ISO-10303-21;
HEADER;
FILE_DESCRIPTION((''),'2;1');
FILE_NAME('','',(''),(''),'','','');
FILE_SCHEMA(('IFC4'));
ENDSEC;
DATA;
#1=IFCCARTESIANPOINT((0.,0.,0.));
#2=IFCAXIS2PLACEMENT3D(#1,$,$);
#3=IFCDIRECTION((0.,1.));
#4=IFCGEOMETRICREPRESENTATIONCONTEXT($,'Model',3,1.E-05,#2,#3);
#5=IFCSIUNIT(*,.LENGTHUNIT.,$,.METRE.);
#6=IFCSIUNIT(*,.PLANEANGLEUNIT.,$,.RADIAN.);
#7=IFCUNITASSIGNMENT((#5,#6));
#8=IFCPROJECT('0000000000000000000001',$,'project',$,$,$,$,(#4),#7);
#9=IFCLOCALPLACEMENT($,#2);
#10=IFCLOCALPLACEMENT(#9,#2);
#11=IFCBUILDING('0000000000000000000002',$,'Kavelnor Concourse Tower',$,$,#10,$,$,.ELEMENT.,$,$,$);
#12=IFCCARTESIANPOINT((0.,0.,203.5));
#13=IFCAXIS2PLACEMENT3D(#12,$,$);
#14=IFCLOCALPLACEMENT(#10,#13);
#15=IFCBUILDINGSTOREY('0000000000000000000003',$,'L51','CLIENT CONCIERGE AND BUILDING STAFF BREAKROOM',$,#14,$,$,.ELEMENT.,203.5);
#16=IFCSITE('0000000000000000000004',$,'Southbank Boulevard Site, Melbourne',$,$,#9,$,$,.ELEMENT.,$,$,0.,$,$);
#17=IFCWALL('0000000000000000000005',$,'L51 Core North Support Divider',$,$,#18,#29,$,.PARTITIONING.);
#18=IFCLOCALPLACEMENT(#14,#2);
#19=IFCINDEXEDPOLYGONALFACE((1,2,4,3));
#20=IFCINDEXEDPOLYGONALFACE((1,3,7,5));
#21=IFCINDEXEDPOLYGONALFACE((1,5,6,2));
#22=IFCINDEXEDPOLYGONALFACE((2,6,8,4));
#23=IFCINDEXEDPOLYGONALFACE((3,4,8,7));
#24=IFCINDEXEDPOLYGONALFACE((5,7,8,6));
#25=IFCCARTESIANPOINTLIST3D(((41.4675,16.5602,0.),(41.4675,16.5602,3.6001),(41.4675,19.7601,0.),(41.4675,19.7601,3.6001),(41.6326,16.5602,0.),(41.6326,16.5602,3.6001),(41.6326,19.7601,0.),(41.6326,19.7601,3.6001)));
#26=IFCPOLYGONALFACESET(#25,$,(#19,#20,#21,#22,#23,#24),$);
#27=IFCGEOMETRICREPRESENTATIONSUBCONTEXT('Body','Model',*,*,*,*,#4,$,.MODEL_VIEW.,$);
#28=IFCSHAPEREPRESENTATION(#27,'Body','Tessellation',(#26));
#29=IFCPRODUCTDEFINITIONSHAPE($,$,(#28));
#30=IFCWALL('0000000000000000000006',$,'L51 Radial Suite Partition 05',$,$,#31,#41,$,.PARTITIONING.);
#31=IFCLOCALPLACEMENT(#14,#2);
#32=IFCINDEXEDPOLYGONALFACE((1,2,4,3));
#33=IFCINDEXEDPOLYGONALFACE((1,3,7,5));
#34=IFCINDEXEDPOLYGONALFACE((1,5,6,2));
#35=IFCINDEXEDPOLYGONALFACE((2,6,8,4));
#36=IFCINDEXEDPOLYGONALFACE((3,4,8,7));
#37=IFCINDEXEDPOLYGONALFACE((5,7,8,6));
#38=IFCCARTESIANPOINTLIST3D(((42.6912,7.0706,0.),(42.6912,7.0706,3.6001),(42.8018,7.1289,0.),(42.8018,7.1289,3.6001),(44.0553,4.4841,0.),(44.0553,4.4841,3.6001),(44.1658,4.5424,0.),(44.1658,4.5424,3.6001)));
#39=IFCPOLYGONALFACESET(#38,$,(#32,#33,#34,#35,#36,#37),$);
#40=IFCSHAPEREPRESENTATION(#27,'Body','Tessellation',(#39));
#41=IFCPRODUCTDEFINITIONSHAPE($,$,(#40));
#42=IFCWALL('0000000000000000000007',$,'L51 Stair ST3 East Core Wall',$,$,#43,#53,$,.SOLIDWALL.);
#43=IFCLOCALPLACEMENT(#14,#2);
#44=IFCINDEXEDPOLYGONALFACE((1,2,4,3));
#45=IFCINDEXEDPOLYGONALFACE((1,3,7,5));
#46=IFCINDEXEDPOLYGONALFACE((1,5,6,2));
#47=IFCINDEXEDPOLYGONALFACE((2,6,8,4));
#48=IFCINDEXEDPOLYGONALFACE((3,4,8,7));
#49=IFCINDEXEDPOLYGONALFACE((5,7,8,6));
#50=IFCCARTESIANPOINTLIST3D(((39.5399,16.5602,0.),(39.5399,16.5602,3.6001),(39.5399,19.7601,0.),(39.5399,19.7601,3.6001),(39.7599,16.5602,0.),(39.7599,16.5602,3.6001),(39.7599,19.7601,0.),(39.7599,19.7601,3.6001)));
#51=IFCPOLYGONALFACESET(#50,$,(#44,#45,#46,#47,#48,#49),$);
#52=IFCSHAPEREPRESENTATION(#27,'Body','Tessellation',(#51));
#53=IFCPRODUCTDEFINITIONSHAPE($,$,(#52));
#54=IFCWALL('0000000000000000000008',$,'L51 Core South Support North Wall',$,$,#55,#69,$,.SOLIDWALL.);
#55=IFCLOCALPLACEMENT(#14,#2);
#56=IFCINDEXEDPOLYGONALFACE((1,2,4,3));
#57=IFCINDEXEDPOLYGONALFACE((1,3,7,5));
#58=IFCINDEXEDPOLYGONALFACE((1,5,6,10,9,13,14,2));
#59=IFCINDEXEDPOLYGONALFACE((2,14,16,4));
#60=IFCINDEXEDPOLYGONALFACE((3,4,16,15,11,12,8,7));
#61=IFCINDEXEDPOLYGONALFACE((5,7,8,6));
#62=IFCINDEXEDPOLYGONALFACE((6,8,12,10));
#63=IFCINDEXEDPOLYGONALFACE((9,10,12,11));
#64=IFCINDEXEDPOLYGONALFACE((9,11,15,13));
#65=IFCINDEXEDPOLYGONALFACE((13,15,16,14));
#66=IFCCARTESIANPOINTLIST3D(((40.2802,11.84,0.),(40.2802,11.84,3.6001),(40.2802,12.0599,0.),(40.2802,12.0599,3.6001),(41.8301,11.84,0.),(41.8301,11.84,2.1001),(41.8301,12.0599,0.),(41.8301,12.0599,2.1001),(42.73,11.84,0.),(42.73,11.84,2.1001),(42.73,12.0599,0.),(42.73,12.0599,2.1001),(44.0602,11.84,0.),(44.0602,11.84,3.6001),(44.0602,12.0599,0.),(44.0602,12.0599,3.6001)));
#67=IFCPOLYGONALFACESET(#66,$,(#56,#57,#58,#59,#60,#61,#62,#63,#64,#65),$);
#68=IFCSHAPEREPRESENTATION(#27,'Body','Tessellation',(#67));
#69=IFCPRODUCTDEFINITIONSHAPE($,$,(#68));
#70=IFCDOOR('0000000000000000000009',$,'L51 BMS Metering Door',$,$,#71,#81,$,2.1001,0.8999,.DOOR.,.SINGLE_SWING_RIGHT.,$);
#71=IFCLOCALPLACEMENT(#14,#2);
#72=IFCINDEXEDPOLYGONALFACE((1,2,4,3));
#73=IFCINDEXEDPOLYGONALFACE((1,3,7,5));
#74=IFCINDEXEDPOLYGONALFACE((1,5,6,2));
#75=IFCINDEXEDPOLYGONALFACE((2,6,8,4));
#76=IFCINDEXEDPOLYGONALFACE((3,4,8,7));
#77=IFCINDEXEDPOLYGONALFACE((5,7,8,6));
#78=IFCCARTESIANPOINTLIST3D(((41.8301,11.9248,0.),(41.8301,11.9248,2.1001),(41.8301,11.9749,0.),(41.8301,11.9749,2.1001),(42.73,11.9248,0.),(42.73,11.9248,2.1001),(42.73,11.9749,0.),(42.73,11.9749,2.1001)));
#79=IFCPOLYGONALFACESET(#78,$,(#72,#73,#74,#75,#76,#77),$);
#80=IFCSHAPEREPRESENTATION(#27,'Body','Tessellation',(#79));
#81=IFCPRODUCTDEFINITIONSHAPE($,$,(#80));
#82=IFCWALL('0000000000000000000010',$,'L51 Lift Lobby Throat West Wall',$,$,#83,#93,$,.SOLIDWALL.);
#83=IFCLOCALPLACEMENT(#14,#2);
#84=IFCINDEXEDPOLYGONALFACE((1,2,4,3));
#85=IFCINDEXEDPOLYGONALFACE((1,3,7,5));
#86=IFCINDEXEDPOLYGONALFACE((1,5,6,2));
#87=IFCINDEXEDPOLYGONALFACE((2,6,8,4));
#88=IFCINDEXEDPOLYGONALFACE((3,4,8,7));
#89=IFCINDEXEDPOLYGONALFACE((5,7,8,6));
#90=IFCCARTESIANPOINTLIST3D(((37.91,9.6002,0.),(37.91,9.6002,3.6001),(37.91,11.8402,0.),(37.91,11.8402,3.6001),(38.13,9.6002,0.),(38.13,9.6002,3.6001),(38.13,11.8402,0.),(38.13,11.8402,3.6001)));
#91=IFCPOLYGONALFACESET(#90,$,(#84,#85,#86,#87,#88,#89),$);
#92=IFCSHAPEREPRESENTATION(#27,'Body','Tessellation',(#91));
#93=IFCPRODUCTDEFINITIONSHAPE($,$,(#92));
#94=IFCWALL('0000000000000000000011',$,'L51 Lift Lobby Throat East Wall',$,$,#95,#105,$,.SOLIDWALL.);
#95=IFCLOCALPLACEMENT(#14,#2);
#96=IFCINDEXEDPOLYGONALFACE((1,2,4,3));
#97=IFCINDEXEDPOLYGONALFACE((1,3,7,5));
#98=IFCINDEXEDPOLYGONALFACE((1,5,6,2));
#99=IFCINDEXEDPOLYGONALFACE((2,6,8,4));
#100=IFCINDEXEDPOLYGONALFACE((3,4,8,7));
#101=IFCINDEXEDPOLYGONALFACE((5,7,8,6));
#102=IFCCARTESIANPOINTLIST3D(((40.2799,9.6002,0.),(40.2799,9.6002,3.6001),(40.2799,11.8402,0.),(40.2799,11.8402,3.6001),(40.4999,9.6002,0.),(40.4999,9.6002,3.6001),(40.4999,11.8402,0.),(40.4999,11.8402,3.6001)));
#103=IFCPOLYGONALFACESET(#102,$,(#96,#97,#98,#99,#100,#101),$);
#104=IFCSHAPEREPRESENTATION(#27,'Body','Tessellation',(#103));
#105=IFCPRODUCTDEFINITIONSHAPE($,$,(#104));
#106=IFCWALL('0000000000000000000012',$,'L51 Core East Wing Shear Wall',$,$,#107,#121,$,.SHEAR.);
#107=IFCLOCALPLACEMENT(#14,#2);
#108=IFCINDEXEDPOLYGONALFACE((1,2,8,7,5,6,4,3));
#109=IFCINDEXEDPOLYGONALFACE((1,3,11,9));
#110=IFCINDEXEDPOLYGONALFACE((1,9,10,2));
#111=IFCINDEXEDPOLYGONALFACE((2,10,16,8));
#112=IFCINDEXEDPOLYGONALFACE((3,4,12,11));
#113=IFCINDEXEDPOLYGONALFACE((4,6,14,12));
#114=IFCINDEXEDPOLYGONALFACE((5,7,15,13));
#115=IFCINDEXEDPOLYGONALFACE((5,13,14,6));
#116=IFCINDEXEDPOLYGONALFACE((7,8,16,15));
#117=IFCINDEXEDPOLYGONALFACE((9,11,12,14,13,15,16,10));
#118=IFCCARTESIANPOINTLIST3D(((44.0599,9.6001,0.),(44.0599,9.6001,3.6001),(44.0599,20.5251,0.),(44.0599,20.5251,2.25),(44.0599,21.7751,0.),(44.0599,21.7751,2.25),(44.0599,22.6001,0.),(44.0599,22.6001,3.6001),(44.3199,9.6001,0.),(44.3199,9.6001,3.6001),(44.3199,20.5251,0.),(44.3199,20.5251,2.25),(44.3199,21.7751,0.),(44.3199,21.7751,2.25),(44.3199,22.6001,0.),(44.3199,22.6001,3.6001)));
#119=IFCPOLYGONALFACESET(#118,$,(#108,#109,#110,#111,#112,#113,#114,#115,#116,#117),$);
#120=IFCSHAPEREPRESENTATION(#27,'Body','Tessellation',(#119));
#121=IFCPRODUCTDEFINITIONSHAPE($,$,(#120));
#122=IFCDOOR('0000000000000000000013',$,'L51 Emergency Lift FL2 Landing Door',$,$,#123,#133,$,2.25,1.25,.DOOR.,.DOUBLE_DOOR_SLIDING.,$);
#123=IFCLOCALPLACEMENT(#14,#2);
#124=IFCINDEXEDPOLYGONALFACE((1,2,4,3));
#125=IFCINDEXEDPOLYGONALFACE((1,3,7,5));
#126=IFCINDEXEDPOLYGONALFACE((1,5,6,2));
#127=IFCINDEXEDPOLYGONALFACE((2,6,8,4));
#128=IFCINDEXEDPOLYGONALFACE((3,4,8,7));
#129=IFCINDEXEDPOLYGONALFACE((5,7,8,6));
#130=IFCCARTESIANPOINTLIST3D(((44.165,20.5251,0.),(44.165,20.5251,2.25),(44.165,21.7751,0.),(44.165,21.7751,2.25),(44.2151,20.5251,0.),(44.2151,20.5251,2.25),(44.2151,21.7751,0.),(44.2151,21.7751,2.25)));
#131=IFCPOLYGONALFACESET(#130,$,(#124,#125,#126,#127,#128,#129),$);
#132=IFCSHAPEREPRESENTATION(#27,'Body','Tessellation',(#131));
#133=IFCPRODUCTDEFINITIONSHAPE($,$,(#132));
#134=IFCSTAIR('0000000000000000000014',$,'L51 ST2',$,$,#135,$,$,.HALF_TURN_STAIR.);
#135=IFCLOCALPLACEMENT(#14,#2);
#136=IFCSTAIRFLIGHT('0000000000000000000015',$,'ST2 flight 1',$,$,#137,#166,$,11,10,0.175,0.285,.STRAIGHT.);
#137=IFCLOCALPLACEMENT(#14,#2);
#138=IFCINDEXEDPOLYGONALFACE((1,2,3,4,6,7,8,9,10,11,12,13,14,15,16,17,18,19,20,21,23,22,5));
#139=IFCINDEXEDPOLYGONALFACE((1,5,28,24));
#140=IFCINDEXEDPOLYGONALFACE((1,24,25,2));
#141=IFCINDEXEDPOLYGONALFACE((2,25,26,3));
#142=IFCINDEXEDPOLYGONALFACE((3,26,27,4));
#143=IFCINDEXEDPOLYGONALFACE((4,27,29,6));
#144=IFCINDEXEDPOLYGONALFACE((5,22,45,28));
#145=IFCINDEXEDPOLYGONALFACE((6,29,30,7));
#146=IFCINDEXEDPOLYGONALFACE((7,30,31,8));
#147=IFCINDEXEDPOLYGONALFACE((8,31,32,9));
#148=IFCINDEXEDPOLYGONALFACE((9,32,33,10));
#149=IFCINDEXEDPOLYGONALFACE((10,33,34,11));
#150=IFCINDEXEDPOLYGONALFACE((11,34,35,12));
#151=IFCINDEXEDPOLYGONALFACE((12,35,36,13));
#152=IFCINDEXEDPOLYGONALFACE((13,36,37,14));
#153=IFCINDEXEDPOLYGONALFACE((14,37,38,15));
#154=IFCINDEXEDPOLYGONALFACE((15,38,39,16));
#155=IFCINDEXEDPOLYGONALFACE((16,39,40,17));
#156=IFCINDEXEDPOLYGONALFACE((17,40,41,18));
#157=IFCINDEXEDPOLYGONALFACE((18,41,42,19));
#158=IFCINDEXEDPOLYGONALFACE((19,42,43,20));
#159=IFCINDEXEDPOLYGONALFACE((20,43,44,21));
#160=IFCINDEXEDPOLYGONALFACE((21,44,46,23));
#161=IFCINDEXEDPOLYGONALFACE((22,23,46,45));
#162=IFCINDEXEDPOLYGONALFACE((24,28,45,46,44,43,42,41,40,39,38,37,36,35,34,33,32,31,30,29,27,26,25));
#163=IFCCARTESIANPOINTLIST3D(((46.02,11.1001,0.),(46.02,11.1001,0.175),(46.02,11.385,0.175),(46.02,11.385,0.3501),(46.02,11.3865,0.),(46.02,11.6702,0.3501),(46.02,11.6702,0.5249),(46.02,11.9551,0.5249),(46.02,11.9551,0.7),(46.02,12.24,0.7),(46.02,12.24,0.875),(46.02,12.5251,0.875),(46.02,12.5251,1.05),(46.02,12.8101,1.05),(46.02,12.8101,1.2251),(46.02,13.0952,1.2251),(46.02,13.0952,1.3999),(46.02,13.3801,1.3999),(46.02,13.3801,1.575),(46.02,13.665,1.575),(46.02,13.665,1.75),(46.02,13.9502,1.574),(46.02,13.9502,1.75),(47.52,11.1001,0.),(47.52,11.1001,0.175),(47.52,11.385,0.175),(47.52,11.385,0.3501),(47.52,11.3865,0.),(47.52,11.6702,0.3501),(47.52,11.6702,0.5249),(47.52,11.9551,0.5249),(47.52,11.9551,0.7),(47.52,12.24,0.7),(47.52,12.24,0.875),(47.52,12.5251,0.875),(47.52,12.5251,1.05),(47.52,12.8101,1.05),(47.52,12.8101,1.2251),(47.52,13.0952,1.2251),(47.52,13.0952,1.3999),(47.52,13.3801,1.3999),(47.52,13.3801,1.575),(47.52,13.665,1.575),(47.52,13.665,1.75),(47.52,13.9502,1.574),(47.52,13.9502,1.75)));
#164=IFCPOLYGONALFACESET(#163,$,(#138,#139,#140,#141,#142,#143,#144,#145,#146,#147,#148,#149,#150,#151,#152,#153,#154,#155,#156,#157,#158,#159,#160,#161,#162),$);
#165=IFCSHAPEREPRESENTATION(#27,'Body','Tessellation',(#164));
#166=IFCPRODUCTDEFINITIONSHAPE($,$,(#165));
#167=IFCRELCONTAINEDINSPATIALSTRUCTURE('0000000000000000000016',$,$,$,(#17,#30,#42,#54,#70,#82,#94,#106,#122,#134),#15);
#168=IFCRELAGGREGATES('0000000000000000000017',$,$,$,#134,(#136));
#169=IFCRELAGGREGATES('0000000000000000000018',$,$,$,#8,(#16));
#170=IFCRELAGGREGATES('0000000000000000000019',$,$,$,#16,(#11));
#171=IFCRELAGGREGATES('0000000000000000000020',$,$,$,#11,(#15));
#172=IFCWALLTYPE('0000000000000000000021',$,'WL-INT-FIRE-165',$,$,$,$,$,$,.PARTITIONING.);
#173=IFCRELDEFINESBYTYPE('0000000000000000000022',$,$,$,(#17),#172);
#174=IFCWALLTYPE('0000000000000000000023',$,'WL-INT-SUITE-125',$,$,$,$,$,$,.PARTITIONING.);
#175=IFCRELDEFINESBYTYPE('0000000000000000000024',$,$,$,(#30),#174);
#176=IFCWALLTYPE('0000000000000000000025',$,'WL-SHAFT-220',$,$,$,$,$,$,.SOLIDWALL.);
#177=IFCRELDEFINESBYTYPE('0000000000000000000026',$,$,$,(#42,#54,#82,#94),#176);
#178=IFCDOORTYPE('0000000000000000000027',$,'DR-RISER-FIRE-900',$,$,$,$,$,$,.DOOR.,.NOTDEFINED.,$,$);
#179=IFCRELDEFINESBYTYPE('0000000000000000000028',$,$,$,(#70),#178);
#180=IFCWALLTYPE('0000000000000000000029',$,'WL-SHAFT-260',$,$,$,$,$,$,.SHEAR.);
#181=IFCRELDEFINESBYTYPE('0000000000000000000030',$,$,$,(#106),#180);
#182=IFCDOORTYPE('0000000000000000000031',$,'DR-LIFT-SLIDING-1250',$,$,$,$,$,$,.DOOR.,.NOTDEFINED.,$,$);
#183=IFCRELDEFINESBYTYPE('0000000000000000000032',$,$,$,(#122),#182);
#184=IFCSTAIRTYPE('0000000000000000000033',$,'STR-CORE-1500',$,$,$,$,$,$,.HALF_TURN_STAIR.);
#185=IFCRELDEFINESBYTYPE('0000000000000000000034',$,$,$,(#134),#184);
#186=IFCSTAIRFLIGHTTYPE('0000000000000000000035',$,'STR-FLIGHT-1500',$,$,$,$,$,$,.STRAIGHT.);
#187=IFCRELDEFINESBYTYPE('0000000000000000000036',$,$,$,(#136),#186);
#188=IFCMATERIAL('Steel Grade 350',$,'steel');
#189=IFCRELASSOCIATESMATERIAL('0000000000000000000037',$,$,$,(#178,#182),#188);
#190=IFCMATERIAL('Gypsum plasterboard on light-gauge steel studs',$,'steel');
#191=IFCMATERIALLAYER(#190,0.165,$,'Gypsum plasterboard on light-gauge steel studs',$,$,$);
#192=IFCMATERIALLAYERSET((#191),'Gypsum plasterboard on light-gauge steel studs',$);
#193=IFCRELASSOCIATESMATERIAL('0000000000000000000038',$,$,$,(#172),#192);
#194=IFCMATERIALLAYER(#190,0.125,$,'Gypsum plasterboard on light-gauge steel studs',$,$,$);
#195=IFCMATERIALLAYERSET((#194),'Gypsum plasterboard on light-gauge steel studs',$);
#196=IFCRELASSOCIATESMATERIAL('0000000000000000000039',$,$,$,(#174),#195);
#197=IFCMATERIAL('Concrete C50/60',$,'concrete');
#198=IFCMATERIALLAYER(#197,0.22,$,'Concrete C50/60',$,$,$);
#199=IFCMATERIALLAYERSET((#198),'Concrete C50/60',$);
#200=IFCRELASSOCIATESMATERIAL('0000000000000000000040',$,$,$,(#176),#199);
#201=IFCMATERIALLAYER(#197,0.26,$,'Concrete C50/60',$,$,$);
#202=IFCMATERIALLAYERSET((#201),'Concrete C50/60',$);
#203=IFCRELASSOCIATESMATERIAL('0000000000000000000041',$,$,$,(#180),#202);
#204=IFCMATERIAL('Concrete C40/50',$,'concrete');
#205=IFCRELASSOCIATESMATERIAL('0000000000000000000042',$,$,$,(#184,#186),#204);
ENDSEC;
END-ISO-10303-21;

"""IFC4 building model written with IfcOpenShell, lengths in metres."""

from ifc_helpers import new_model, si_unit, direction, frame, frame_2d, origin, place, context, subcontext, project, spatial, polyline, rectangle, outline, extrude, material, layer, layer_set, type_object, element, fill, aggregate, save


model = new_model("IFC4")

# Units and contexts
model_context = context("Model", 3, precision=1e-05, world=origin(), true_north=direction((0.0, 1.0)))
body_context = subcontext(model_context, "Body", "Model", "MODEL_VIEW")
ifc_project = project(units=[si_unit("LENGTHUNIT", "METRE"), si_unit("PLANEANGLEUNIT", "RADIAN")], contexts=[model_context])

# Site, building, storey
site_placement = place(None, origin())
site = spatial("IfcSite", under=ifc_project, at=site_placement, Name="Southbank Boulevard Site, Melbourne", CompositionType="ELEMENT", RefElevation=0.0)
building_placement = place(site_placement, origin())
building = spatial("IfcBuilding", under=site, at=building_placement, Name="Kavelnor Concourse Tower", CompositionType="ELEMENT")
storey_placement = place(building_placement, frame((0.0, 0.0, 203.5)))
storey = spatial("IfcBuildingStorey", under=building, at=storey_placement, Name="L51", Description="CLIENT CONCIERGE AND BUILDING STAFF BREAKROOM", CompositionType="ELEMENT", Elevation=203.5)

# Shared definitions
ifc_material_1 = material(Name="Steel Grade 350", Category="steel")

# Shared definitions
ifc_material_2 = material(Name="Concrete C50/60", Category="concrete")
door_type_1 = type_object("IfcDoorType", Name="DR-RISER-FIRE-900", OperationType="NOTDEFINED", PredefinedType="DOOR", material=ifc_material_1)

# Walls
ifc_material_3 = material(Name="Gypsum plasterboard on light-gauge steel studs", Category="steel")
ifc_layer_1 = layer(ifc_material_3, 0.165, Name="Gypsum plasterboard on light-gauge steel studs")
ifc_layer_set_1 = layer_set([ifc_layer_1], Name="Gypsum plasterboard on light-gauge steel studs")
wall_type_1 = type_object("IfcWallType", Name="WL-INT-FIRE-165", PredefinedType="PARTITIONING", material=ifc_layer_set_1)
wall_1_placement = place(storey_placement, frame((41.55, 16.5601, 0.0), z_axis=(0.0, 0.0, 1.0), x_axis=(0.0, 1.0, 0.0)))
element("IfcWall", 1, at=wall_1_placement, inside=storey, type_object=wall_type_1, Name="L51 Core North Support Divider", PredefinedType="PARTITIONING", context=body_context, shape_type="SweptSolid", body=[
    extrude(rectangle(XDim=3.2, YDim=0.165, at=frame_2d((1.6001, 0.0))), origin(), (0.0, 0.0, 1.0), 3.6001),
])
ifc_layer_2 = layer(ifc_material_3, 0.125, Name="Gypsum plasterboard on light-gauge steel studs")
ifc_layer_set_2 = layer_set([ifc_layer_2], Name="Gypsum plasterboard on light-gauge steel studs")
wall_type_2 = type_object("IfcWallType", Name="WL-INT-SUITE-125", PredefinedType="PARTITIONING", material=ifc_layer_set_2)
wall_2_placement = place(storey_placement, frame((42.7466, 7.0996, 0.0), z_axis=(0.0, 0.0, 1.0), x_axis=(0.466479, -0.884532, 0.0)))
element("IfcWall", 2, at=wall_2_placement, inside=storey, type_object=wall_type_2, Name="L51 Radial Suite Partition 05", PredefinedType="PARTITIONING", context=body_context, shape_type="SweptSolid", body=[
    extrude(rectangle(XDim=2.9241, YDim=0.125, at=frame_2d((1.4619, 0.0))), origin(), (0.0, 0.0, 1.0), 3.6001),
])
ifc_layer_3 = layer(ifc_material_2, 0.22, Name="Concrete C50/60")
ifc_layer_set_3 = layer_set([ifc_layer_3], Name="Concrete C50/60")
wall_type_3 = type_object("IfcWallType", Name="WL-SHAFT-220", PredefinedType="SOLIDWALL", material=ifc_layer_set_3)
wall_3_placement = place(storey_placement, frame((39.6499, 16.5601, 0.0), z_axis=(0.0, 0.0, 1.0), x_axis=(0.0, 1.0, 0.0)))
element("IfcWall", 3, at=wall_3_placement, inside=storey, type_object=wall_type_3, Name="L51 Stair ST3 East Core Wall", PredefinedType="SOLIDWALL", context=body_context, shape_type="SweptSolid", body=[
    extrude(rectangle(XDim=3.2, YDim=0.22, at=frame_2d((1.6001, 0.0))), origin(), (0.0, 0.0, 1.0), 3.6001),
])

# Wall, opening, door
wall_4_placement = place(storey_placement, frame((40.28, 11.95, 0.0), z_axis=(0.0, 0.0, 1.0), x_axis=(1.0, 0.0, 0.0)))
wall_4 = element("IfcWall", 4, at=wall_4_placement, inside=storey, type_object=wall_type_3, Name="L51 Core South Support North Wall", PredefinedType="SOLIDWALL", context=body_context, shape_type="SweptSolid", body=[
    extrude(rectangle(XDim=3.78, YDim=0.22, at=frame_2d((1.8901, 0.0))), origin(), (0.0, 0.0, 1.0), 3.6001),
])
opening_1_placement = place(wall_4_placement, frame((1.55, 0.0, 0.0)))
opening_1 = element("IfcOpeningElement", 5, at=opening_1_placement, cuts=wall_4, PredefinedType="OPENING", context=body_context, shape_type="SweptSolid", body=[
    extrude(rectangle(XDim=0.8999, YDim=2.1001, at=frame_2d((0.45, 1.05))), frame((0.0, 0.1201, 0.0), z_axis=(0.0, -1.0, 0.0), x_axis=(1.0, 0.0, 0.0)), (0.0, 0.0, 1.0), 0.24),
])
door_1_placement = place(opening_1_placement, origin())
door_1 = element("IfcDoor", 6, at=door_1_placement, inside=storey, type_object=door_type_1, Name="L51 BMS Metering Door", OperationType="SINGLE_SWING_RIGHT", OverallHeight=2.1001, OverallWidth=0.8999, PredefinedType="DOOR", context=body_context, shape_type="SweptSolid", body=[
    extrude(rectangle(XDim=0.8999, YDim=2.1001, at=frame_2d((0.45, 1.05))), frame((0.0, 0.0249, 0.0), z_axis=(0.0, -1.0, 0.0), x_axis=(1.0, 0.0, 0.0)), (0.0, 0.0, 1.0), 0.05),
])
fill(opening_1, door_1)

# Walls
for number, where, z_axis, x_axis, name in (
    (7, (38.02, 9.6001, 0.0), (0.0, 0.0, 1.0), (0.0, 1.0, 0.0), "L51 Lift Lobby Throat West Wall"),
    (8, (40.3899, 9.6001, 0.0), (0.0, 0.0, 1.0), (0.0, 1.0, 0.0), "L51 Lift Lobby Throat East Wall"),
):
    element("IfcWall", number, at=place(storey_placement, frame(where, z_axis=z_axis, x_axis=x_axis)), inside=storey, type_object=wall_type_3, Name=name, PredefinedType="SOLIDWALL", context=body_context, shape_type="SweptSolid", body=[
        extrude(rectangle(XDim=2.24, YDim=0.22, at=frame_2d((1.1201, 0.0))), origin(), (0.0, 0.0, 1.0), 3.6001),
    ])

# Wall, opening, door
ifc_layer_4 = layer(ifc_material_2, 0.26, Name="Concrete C50/60")
ifc_layer_set_4 = layer_set([ifc_layer_4], Name="Concrete C50/60")
wall_type_4 = type_object("IfcWallType", Name="WL-SHAFT-260", PredefinedType="SHEAR", material=ifc_layer_set_4)
wall_5_placement = place(storey_placement, frame((44.1899, 9.6001, 0.0), z_axis=(0.0, 0.0, 1.0), x_axis=(0.0, 1.0, 0.0)))
wall_5 = element("IfcWall", 9, at=wall_5_placement, inside=storey, type_object=wall_type_4, Name="L51 Core East Wing Shear Wall", PredefinedType="SHEAR", context=body_context, shape_type="SweptSolid", body=[
    extrude(rectangle(XDim=13.0, YDim=0.26, at=frame_2d((6.5, 0.0))), origin(), (0.0, 0.0, 1.0), 3.6001),
])
opening_2_placement = place(wall_5_placement, frame((10.925, 0.0, 0.0)))
opening_2 = element("IfcOpeningElement", 10, at=opening_2_placement, cuts=wall_5, PredefinedType="OPENING", context=body_context, shape_type="SweptSolid", body=[
    extrude(rectangle(XDim=1.25, YDim=2.25, at=frame_2d((0.625, 1.125))), frame((0.0, 0.1401, 0.0), z_axis=(0.0, -1.0, 0.0), x_axis=(1.0, 0.0, 0.0)), (0.0, 0.0, 1.0), 0.28),
])
door_type_2 = type_object("IfcDoorType", Name="DR-LIFT-SLIDING-1250", OperationType="NOTDEFINED", PredefinedType="DOOR", material=ifc_material_1)
door_2_placement = place(opening_2_placement, origin())
door_2 = element("IfcDoor", 11, at=door_2_placement, inside=storey, type_object=door_type_2, Name="L51 Emergency Lift FL2 Landing Door", OperationType="DOUBLE_DOOR_SLIDING", OverallHeight=2.25, OverallWidth=1.25, PredefinedType="DOOR", context=body_context, shape_type="SweptSolid", body=[
    extrude(rectangle(XDim=1.25, YDim=2.25, at=frame_2d((0.625, 1.125))), frame((0.0, 0.0249, 0.0), z_axis=(0.0, -1.0, 0.0), x_axis=(1.0, 0.0, 0.0)), (0.0, 0.0, 1.0), 0.05),
])
fill(opening_2, door_2)

# Stair, stair flight
ifc_material_4 = material(Name="Concrete C40/50", Category="concrete")
stair_type = type_object("IfcStairType", Name="STR-CORE-1500", PredefinedType="HALF_TURN_STAIR", material=ifc_material_4)
stair_placement = place(storey_placement, origin())
stair = element("IfcStair", 12, at=stair_placement, inside=storey, type_object=stair_type, Name="L51 ST2", PredefinedType="HALF_TURN_STAIR")
stair_flight_type = type_object("IfcStairFlightType", Name="STR-FLIGHT-1500", PredefinedType="STRAIGHT", material=ifc_material_4)
stair_flight_1_placement = place(storey_placement, frame((46.77, 11.1001, 0.0), z_axis=(0.0, 0.0, 1.0), x_axis=(0.0, 1.0, 0.0)))
stair_flight_1 = element("IfcStairFlight", 13, at=stair_flight_1_placement, type_object=stair_flight_type, Name="ST2 flight 1", NumberOfRisers=11, NumberOfTreads=10, PredefinedType="STRAIGHT", RiserHeight=0.175, TreadLength=0.285, context=body_context, shape_type="SweptSolid", body=[
    extrude(outline(polyline([(0.0, 0.0), (0.0, 0.175), (0.2849, 0.175), (0.2849, 0.3501), (0.5701, 0.3501), (0.5701, 0.5249), (0.855, 0.5249), (0.855, 0.7), (1.1399, 0.7), (1.1399, 0.875), (1.425, 0.875), (1.425, 1.05), (1.71, 1.05), (1.71, 1.2251), (1.9951, 1.2251), (1.9951, 1.3999), (2.28, 1.3999), (2.28, 1.575), (2.5649, 1.575), (2.5649, 1.75), (2.8501, 1.75), (2.8501, 1.925), (2.8501, 1.574), (0.2864, 0.0), (0.0, 0.0)])), frame((0.0, 0.75, 0.0), z_axis=(0.0, -1.0, 0.0), x_axis=(1.0, 0.0, 0.0)), (0.0, 0.0, 1.0), 1.5),
])
aggregate(stair, [stair_flight_1])

save(model, "model.ifc")
